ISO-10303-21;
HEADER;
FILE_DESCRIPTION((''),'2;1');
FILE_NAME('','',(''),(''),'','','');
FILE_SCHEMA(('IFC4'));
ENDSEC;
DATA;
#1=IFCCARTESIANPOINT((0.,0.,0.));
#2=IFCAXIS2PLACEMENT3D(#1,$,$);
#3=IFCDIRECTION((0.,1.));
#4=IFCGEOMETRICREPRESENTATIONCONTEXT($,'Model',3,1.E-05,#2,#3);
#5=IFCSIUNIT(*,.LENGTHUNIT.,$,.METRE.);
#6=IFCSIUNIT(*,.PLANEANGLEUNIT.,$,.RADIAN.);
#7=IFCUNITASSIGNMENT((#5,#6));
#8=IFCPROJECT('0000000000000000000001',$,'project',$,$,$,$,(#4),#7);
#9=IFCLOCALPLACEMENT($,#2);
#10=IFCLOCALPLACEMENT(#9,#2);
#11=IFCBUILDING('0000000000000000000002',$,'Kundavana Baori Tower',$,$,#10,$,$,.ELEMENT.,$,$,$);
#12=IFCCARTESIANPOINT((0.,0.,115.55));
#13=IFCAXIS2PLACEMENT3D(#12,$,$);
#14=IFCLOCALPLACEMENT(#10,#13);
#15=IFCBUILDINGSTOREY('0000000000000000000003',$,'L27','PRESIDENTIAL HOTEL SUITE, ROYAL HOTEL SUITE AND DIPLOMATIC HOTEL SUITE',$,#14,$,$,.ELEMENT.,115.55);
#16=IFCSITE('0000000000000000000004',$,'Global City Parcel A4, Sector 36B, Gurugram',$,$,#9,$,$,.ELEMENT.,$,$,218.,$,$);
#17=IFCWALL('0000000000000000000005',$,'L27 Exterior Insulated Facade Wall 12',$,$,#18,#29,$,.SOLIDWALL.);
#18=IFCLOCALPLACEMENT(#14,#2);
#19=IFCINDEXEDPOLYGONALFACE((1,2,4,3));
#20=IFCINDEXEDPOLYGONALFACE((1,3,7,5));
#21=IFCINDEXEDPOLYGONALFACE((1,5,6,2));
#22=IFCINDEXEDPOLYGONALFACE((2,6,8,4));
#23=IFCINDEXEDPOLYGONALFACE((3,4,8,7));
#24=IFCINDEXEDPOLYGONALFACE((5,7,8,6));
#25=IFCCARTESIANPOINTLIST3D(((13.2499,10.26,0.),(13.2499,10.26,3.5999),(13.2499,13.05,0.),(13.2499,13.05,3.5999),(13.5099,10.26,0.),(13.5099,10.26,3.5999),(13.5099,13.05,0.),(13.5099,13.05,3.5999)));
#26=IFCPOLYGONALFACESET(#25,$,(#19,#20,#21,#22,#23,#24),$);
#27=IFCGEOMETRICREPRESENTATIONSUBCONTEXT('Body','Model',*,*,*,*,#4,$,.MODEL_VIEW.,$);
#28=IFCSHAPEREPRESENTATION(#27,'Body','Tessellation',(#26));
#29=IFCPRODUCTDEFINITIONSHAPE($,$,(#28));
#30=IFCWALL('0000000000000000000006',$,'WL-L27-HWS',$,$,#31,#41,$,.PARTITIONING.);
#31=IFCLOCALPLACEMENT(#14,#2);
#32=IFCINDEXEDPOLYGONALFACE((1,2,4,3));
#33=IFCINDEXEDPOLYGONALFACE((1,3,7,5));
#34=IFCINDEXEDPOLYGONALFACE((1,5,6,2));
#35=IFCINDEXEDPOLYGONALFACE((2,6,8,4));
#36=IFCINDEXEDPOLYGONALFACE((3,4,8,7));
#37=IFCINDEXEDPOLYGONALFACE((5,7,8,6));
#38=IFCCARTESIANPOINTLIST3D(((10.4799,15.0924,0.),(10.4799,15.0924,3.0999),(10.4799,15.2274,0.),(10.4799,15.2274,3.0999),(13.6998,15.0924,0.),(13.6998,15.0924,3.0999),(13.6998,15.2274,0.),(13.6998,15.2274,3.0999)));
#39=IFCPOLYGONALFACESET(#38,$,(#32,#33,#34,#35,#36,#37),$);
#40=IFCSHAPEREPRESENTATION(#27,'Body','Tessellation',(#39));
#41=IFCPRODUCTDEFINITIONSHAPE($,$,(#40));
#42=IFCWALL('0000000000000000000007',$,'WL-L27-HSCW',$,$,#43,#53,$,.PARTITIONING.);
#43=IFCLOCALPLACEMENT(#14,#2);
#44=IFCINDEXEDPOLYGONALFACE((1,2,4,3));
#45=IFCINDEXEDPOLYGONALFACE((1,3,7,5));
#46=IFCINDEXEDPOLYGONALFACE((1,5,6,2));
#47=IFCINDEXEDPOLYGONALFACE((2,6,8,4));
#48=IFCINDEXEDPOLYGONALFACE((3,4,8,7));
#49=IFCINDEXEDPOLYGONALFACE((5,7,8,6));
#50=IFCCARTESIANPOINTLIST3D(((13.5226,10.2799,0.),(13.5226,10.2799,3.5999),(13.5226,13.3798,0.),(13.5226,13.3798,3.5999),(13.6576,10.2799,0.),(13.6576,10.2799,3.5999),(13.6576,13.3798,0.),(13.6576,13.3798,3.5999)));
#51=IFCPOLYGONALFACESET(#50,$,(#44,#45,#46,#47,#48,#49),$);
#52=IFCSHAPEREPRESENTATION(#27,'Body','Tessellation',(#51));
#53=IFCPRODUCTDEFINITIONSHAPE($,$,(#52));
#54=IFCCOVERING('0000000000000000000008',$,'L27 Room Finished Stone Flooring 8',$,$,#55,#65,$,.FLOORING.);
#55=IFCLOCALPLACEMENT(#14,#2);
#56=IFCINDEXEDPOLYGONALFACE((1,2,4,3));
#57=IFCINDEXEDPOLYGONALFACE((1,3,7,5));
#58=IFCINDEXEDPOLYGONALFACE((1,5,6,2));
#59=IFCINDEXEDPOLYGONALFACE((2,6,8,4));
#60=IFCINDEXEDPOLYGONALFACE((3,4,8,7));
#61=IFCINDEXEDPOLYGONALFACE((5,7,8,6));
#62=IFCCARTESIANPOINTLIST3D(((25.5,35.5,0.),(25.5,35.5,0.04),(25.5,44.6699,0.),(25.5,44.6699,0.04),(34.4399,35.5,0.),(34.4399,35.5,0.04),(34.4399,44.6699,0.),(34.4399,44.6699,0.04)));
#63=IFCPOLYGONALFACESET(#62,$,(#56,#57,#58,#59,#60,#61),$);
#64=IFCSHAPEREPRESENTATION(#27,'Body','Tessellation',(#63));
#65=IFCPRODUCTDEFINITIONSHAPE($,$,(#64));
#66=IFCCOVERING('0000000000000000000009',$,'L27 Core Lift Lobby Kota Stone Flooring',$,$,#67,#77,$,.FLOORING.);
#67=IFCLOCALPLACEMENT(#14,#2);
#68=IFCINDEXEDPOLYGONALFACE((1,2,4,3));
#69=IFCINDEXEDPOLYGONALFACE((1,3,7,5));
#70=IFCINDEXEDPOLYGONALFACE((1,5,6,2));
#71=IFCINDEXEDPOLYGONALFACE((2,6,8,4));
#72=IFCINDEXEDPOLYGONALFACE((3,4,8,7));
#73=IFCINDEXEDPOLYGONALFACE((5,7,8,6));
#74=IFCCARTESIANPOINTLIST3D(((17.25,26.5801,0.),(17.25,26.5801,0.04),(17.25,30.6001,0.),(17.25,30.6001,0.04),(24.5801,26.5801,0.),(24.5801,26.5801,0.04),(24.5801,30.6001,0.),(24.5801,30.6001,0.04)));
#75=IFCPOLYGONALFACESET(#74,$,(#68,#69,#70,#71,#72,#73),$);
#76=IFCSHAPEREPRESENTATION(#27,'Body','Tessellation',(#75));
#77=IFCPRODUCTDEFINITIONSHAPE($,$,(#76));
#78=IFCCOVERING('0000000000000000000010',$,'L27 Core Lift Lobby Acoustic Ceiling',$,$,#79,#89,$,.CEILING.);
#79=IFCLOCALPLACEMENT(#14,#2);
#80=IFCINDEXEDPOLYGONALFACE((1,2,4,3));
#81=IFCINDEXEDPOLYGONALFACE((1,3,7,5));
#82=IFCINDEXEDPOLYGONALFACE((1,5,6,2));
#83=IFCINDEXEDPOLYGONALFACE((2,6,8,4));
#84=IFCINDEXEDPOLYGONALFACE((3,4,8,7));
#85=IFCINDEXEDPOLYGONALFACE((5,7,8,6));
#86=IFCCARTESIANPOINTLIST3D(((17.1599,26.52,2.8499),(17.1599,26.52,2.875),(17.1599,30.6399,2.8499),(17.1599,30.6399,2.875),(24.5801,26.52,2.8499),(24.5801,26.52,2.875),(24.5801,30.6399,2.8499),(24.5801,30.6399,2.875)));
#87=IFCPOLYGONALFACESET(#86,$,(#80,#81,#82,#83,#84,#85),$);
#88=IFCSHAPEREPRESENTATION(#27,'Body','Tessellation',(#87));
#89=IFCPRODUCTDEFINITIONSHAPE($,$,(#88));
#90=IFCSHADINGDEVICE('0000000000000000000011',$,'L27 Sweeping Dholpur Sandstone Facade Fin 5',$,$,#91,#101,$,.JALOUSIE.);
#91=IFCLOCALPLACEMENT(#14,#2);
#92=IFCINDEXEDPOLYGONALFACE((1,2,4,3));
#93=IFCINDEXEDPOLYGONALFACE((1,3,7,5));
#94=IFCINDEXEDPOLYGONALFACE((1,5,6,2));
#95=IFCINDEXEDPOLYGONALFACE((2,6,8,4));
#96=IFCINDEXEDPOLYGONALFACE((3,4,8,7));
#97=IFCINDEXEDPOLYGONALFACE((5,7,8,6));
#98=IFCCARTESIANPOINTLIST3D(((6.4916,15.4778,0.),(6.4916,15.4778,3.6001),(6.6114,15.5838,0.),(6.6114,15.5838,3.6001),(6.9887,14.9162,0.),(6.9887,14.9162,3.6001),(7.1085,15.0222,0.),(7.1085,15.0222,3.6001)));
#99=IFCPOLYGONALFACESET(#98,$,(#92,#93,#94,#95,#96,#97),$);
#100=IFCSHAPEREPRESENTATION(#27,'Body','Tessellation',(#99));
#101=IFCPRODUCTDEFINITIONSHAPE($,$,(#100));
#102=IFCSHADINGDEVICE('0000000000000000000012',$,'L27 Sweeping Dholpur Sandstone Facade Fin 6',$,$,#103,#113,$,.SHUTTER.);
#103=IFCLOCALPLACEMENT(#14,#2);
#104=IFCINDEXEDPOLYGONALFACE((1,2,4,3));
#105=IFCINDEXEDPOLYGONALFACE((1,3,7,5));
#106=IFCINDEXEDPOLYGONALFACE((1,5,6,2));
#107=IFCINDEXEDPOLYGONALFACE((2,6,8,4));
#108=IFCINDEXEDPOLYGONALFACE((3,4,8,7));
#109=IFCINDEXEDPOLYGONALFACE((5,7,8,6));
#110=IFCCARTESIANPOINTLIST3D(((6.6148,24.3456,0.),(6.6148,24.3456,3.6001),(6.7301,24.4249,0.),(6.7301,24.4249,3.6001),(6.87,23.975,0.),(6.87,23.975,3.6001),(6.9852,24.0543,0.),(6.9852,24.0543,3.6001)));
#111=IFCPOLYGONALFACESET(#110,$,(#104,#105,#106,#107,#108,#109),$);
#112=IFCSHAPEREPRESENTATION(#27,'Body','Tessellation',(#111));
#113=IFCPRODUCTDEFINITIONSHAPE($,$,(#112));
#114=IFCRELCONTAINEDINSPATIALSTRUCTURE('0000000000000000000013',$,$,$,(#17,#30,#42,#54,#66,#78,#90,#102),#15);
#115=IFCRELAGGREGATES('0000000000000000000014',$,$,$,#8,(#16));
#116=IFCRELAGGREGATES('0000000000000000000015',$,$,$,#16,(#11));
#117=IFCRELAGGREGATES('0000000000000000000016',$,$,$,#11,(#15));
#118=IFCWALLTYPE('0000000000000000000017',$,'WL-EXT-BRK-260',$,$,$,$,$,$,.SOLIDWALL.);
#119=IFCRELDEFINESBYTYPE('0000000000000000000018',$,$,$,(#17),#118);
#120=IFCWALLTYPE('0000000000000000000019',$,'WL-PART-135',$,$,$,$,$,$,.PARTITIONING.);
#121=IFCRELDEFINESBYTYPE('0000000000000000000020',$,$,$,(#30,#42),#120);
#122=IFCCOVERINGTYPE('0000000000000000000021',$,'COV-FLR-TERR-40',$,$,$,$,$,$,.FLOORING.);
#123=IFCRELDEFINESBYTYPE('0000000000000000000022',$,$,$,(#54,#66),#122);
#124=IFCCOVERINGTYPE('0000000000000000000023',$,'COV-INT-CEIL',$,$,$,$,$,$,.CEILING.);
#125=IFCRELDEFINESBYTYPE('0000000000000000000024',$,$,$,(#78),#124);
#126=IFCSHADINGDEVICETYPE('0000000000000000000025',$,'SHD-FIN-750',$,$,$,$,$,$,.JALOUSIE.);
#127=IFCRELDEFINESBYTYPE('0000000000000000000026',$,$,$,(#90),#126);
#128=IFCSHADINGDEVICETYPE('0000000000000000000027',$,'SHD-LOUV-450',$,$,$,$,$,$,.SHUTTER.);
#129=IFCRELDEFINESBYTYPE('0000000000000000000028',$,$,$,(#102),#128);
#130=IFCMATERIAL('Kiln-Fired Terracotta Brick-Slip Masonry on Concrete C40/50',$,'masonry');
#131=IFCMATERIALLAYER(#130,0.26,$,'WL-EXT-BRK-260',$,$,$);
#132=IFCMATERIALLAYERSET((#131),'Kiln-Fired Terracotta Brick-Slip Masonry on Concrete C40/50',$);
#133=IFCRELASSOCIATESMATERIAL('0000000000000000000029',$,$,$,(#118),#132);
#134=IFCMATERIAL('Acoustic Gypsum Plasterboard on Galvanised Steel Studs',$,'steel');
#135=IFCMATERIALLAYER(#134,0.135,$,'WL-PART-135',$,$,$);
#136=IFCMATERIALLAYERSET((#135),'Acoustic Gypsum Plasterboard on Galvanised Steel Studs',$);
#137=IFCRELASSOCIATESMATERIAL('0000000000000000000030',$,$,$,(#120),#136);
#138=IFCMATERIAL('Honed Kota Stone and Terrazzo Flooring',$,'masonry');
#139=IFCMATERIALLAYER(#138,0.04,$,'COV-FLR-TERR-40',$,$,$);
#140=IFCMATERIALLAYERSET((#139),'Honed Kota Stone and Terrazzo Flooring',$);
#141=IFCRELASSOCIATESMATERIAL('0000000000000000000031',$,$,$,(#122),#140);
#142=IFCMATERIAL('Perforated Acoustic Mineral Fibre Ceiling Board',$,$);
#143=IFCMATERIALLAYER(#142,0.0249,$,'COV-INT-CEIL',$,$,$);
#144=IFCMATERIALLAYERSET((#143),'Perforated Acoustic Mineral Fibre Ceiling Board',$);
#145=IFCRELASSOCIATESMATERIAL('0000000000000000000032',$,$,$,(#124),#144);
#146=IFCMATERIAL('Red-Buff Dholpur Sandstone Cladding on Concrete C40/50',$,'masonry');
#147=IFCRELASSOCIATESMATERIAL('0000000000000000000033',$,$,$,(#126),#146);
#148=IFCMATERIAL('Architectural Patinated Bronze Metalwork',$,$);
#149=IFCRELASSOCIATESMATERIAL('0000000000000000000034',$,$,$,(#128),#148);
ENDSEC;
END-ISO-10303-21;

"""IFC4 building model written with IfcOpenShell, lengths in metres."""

from ifc_helpers import new_model, si_unit, direction, frame, frame_2d, origin, origin_2d, place, context, subcontext, project, spatial, polyline, rectangle, outline, extrude, material, layer, layer_set, type_object, element, save


model = new_model("IFC4")

# Units and contexts
model_context = context("Model", 3, precision=1e-05, world=origin(), true_north=direction((0.0, 1.0)))
body_context = subcontext(model_context, "Body", "Model", "MODEL_VIEW")
ifc_project = project(units=[si_unit("LENGTHUNIT", "METRE"), si_unit("PLANEANGLEUNIT", "RADIAN")], contexts=[model_context])

# Site, building, storey
site_placement = place(None, origin())
site = spatial("IfcSite", under=ifc_project, at=site_placement, Name="Global City Parcel A4, Sector 36B, Gurugram", CompositionType="ELEMENT", RefElevation=218.0)
building_placement = place(site_placement, origin())
building = spatial("IfcBuilding", under=site, at=building_placement, Name="Kundavana Baori Tower", CompositionType="ELEMENT")
storey_placement = place(building_placement, frame((0.0, 0.0, 115.55)))
storey = spatial("IfcBuildingStorey", under=building, at=storey_placement, Name="L27", Description="PRESIDENTIAL HOTEL SUITE, ROYAL HOTEL SUITE AND DIPLOMATIC HOTEL SUITE", CompositionType="ELEMENT", Elevation=115.55)

# Shared definitions
ifc_material_1 = material(Name="Kiln-Fired Terracotta Brick-Slip Masonry on Concrete C40/50", Category="masonry")
ifc_layer_1 = layer(ifc_material_1, 0.26, Name="WL-EXT-BRK-260")
ifc_layer_set_1 = layer_set([ifc_layer_1], Name="Kiln-Fired Terracotta Brick-Slip Masonry on Concrete C40/50")
wall_type_1 = type_object("IfcWallType", Name="WL-EXT-BRK-260", PredefinedType="SOLIDWALL", material=ifc_layer_set_1)

# Walls
wall_1_placement = place(storey_placement, frame((13.3799, 13.05, 0.0), z_axis=(0.0, 0.0, 1.0), x_axis=(0.0, -1.0, 0.0)))
element("IfcWall", 1, at=wall_1_placement, inside=storey, type_object=wall_type_1, Name="L27 Exterior Insulated Facade Wall 12", PredefinedType="SOLIDWALL", context=body_context, shape_type="SweptSolid", body=[
    extrude(rectangle(XDim=2.79, YDim=0.26, at=frame_2d((1.395, 0.0))), origin(), (0.0, 0.0, 1.0), 3.5999),
])
ifc_material_2 = material(Name="Acoustic Gypsum Plasterboard on Galvanised Steel Studs", Category="steel")
ifc_layer_2 = layer(ifc_material_2, 0.135, Name="WL-PART-135")
ifc_layer_set_2 = layer_set([ifc_layer_2], Name="Acoustic Gypsum Plasterboard on Galvanised Steel Studs")
wall_type_2 = type_object("IfcWallType", Name="WL-PART-135", PredefinedType="PARTITIONING", material=ifc_layer_set_2)
wall_2_placement = place(storey_placement, frame((10.48, 15.1599, 0.0), z_axis=(0.0, 0.0, 1.0), x_axis=(1.0, 0.0, 0.0)))
element("IfcWall", 2, at=wall_2_placement, inside=storey, type_object=wall_type_2, Name="WL-L27-HWS", PredefinedType="PARTITIONING", context=body_context, shape_type="SweptSolid", body=[
    extrude(rectangle(XDim=3.22, YDim=0.135, at=frame_2d((1.6099, 0.0))), origin(), (0.0, 0.0, 1.0), 3.0999),
])
wall_3_placement = place(storey_placement, frame((13.5901, 10.28, 0.0), z_axis=(0.0, 0.0, 1.0), x_axis=(0.0, 1.0, 0.0)))
element("IfcWall", 3, at=wall_3_placement, inside=storey, type_object=wall_type_2, Name="WL-L27-HSCW", PredefinedType="PARTITIONING", context=body_context, shape_type="SweptSolid", body=[
    extrude(rectangle(XDim=3.0999, YDim=0.135, at=frame_2d((1.5498, 0.0))), origin(), (0.0, 0.0, 1.0), 3.5999),
])

# Coverings
ifc_material_3 = material(Name="Honed Kota Stone and Terrazzo Flooring", Category="masonry")
ifc_layer_3 = layer(ifc_material_3, 0.04, Name="COV-FLR-TERR-40")
ifc_layer_set_3 = layer_set([ifc_layer_3], Name="Honed Kota Stone and Terrazzo Flooring")
covering_type_1 = type_object("IfcCoveringType", Name="COV-FLR-TERR-40", PredefinedType="FLOORING", material=ifc_layer_set_3)
covering_1_placement = place(storey_placement, origin())
element("IfcCovering", 4, at=covering_1_placement, inside=storey, type_object=covering_type_1, Name="L27 Room Finished Stone Flooring 8", PredefinedType="FLOORING", context=body_context, shape_type="SweptSolid", body=[
    extrude(outline(polyline([(25.5, 35.5), (34.4399, 35.5), (34.4399, 44.6699), (25.5, 44.6699), (25.5, 35.5)])), origin(), (0.0, 0.0, 1.0), 0.04),
])
covering_2_placement = place(storey_placement, origin())
element("IfcCovering", 5, at=covering_2_placement, inside=storey, type_object=covering_type_1, Name="L27 Core Lift Lobby Kota Stone Flooring", PredefinedType="FLOORING", context=body_context, shape_type="SweptSolid", body=[
    extrude(outline(polyline([(17.25, 26.5801), (24.5801, 26.5801), (24.5801, 30.6001), (17.25, 30.6001), (17.25, 26.5801)])), origin(), (0.0, 0.0, 1.0), 0.04),
])
ifc_material_4 = material(Name="Perforated Acoustic Mineral Fibre Ceiling Board")
ifc_layer_4 = layer(ifc_material_4, 0.0249, Name="COV-INT-CEIL")
ifc_layer_set_4 = layer_set([ifc_layer_4], Name="Perforated Acoustic Mineral Fibre Ceiling Board")
covering_type_2 = type_object("IfcCoveringType", Name="COV-INT-CEIL", PredefinedType="CEILING", material=ifc_layer_set_4)
covering_3_placement = place(storey_placement, frame((0.0, 0.0, 2.8499)))
element("IfcCovering", 6, at=covering_3_placement, inside=storey, type_object=covering_type_2, Name="L27 Core Lift Lobby Acoustic Ceiling", PredefinedType="CEILING", context=body_context, shape_type="SweptSolid", body=[
    extrude(outline(polyline([(17.1599, 26.52), (24.5801, 26.52), (24.5801, 30.6399), (17.1599, 30.6399), (17.1599, 26.52)])), origin(), (0.0, 0.0, 1.0), 0.0251),
])

# Shading devices
ifc_material_5 = material(Name="Red-Buff Dholpur Sandstone Cladding on Concrete C40/50", Category="masonry")
shading_device_type_1 = type_object("IfcShadingDeviceType", Name="SHD-FIN-750", PredefinedType="JALOUSIE", material=ifc_material_5)
shading_device_1_placement = place(storey_placement, frame((6.8, 15.25, 0.0), z_axis=(0.0, 0.0, 1.0), x_axis=(0.74884, 0.662751, 0.0)))
element("IfcShadingDevice", 7, at=shading_device_1_placement, inside=storey, type_object=shading_device_type_1, Name="L27 Sweeping Dholpur Sandstone Facade Fin 5", PredefinedType="JALOUSIE", context=body_context, shape_type="SweptSolid", body=[
    extrude(rectangle(XDim=0.1599, YDim=0.75, at=origin_2d()), origin(), (0.0, 0.0, 1.0), 3.6001),
])
ifc_material_6 = material(Name="Architectural Patinated Bronze Metalwork")
shading_device_type_2 = type_object("IfcShadingDeviceType", Name="SHD-LOUV-450", PredefinedType="SHUTTER", material=ifc_material_6)
shading_device_2_placement = place(storey_placement, frame((6.8, 24.2, 0.0), z_axis=(0.0, 0.0, 1.0), x_axis=(0.823632, 0.567125, 0.0)))
element("IfcShadingDevice", 8, at=shading_device_2_placement, inside=storey, type_object=shading_device_type_2, Name="L27 Sweeping Dholpur Sandstone Facade Fin 6", PredefinedType="SHUTTER", context=body_context, shape_type="SweptSolid", body=[
    extrude(rectangle(XDim=0.1399, YDim=0.45, at=origin_2d()), origin(), (0.0, 0.0, 1.0), 3.6001),
])

save(model, "model.ifc")
